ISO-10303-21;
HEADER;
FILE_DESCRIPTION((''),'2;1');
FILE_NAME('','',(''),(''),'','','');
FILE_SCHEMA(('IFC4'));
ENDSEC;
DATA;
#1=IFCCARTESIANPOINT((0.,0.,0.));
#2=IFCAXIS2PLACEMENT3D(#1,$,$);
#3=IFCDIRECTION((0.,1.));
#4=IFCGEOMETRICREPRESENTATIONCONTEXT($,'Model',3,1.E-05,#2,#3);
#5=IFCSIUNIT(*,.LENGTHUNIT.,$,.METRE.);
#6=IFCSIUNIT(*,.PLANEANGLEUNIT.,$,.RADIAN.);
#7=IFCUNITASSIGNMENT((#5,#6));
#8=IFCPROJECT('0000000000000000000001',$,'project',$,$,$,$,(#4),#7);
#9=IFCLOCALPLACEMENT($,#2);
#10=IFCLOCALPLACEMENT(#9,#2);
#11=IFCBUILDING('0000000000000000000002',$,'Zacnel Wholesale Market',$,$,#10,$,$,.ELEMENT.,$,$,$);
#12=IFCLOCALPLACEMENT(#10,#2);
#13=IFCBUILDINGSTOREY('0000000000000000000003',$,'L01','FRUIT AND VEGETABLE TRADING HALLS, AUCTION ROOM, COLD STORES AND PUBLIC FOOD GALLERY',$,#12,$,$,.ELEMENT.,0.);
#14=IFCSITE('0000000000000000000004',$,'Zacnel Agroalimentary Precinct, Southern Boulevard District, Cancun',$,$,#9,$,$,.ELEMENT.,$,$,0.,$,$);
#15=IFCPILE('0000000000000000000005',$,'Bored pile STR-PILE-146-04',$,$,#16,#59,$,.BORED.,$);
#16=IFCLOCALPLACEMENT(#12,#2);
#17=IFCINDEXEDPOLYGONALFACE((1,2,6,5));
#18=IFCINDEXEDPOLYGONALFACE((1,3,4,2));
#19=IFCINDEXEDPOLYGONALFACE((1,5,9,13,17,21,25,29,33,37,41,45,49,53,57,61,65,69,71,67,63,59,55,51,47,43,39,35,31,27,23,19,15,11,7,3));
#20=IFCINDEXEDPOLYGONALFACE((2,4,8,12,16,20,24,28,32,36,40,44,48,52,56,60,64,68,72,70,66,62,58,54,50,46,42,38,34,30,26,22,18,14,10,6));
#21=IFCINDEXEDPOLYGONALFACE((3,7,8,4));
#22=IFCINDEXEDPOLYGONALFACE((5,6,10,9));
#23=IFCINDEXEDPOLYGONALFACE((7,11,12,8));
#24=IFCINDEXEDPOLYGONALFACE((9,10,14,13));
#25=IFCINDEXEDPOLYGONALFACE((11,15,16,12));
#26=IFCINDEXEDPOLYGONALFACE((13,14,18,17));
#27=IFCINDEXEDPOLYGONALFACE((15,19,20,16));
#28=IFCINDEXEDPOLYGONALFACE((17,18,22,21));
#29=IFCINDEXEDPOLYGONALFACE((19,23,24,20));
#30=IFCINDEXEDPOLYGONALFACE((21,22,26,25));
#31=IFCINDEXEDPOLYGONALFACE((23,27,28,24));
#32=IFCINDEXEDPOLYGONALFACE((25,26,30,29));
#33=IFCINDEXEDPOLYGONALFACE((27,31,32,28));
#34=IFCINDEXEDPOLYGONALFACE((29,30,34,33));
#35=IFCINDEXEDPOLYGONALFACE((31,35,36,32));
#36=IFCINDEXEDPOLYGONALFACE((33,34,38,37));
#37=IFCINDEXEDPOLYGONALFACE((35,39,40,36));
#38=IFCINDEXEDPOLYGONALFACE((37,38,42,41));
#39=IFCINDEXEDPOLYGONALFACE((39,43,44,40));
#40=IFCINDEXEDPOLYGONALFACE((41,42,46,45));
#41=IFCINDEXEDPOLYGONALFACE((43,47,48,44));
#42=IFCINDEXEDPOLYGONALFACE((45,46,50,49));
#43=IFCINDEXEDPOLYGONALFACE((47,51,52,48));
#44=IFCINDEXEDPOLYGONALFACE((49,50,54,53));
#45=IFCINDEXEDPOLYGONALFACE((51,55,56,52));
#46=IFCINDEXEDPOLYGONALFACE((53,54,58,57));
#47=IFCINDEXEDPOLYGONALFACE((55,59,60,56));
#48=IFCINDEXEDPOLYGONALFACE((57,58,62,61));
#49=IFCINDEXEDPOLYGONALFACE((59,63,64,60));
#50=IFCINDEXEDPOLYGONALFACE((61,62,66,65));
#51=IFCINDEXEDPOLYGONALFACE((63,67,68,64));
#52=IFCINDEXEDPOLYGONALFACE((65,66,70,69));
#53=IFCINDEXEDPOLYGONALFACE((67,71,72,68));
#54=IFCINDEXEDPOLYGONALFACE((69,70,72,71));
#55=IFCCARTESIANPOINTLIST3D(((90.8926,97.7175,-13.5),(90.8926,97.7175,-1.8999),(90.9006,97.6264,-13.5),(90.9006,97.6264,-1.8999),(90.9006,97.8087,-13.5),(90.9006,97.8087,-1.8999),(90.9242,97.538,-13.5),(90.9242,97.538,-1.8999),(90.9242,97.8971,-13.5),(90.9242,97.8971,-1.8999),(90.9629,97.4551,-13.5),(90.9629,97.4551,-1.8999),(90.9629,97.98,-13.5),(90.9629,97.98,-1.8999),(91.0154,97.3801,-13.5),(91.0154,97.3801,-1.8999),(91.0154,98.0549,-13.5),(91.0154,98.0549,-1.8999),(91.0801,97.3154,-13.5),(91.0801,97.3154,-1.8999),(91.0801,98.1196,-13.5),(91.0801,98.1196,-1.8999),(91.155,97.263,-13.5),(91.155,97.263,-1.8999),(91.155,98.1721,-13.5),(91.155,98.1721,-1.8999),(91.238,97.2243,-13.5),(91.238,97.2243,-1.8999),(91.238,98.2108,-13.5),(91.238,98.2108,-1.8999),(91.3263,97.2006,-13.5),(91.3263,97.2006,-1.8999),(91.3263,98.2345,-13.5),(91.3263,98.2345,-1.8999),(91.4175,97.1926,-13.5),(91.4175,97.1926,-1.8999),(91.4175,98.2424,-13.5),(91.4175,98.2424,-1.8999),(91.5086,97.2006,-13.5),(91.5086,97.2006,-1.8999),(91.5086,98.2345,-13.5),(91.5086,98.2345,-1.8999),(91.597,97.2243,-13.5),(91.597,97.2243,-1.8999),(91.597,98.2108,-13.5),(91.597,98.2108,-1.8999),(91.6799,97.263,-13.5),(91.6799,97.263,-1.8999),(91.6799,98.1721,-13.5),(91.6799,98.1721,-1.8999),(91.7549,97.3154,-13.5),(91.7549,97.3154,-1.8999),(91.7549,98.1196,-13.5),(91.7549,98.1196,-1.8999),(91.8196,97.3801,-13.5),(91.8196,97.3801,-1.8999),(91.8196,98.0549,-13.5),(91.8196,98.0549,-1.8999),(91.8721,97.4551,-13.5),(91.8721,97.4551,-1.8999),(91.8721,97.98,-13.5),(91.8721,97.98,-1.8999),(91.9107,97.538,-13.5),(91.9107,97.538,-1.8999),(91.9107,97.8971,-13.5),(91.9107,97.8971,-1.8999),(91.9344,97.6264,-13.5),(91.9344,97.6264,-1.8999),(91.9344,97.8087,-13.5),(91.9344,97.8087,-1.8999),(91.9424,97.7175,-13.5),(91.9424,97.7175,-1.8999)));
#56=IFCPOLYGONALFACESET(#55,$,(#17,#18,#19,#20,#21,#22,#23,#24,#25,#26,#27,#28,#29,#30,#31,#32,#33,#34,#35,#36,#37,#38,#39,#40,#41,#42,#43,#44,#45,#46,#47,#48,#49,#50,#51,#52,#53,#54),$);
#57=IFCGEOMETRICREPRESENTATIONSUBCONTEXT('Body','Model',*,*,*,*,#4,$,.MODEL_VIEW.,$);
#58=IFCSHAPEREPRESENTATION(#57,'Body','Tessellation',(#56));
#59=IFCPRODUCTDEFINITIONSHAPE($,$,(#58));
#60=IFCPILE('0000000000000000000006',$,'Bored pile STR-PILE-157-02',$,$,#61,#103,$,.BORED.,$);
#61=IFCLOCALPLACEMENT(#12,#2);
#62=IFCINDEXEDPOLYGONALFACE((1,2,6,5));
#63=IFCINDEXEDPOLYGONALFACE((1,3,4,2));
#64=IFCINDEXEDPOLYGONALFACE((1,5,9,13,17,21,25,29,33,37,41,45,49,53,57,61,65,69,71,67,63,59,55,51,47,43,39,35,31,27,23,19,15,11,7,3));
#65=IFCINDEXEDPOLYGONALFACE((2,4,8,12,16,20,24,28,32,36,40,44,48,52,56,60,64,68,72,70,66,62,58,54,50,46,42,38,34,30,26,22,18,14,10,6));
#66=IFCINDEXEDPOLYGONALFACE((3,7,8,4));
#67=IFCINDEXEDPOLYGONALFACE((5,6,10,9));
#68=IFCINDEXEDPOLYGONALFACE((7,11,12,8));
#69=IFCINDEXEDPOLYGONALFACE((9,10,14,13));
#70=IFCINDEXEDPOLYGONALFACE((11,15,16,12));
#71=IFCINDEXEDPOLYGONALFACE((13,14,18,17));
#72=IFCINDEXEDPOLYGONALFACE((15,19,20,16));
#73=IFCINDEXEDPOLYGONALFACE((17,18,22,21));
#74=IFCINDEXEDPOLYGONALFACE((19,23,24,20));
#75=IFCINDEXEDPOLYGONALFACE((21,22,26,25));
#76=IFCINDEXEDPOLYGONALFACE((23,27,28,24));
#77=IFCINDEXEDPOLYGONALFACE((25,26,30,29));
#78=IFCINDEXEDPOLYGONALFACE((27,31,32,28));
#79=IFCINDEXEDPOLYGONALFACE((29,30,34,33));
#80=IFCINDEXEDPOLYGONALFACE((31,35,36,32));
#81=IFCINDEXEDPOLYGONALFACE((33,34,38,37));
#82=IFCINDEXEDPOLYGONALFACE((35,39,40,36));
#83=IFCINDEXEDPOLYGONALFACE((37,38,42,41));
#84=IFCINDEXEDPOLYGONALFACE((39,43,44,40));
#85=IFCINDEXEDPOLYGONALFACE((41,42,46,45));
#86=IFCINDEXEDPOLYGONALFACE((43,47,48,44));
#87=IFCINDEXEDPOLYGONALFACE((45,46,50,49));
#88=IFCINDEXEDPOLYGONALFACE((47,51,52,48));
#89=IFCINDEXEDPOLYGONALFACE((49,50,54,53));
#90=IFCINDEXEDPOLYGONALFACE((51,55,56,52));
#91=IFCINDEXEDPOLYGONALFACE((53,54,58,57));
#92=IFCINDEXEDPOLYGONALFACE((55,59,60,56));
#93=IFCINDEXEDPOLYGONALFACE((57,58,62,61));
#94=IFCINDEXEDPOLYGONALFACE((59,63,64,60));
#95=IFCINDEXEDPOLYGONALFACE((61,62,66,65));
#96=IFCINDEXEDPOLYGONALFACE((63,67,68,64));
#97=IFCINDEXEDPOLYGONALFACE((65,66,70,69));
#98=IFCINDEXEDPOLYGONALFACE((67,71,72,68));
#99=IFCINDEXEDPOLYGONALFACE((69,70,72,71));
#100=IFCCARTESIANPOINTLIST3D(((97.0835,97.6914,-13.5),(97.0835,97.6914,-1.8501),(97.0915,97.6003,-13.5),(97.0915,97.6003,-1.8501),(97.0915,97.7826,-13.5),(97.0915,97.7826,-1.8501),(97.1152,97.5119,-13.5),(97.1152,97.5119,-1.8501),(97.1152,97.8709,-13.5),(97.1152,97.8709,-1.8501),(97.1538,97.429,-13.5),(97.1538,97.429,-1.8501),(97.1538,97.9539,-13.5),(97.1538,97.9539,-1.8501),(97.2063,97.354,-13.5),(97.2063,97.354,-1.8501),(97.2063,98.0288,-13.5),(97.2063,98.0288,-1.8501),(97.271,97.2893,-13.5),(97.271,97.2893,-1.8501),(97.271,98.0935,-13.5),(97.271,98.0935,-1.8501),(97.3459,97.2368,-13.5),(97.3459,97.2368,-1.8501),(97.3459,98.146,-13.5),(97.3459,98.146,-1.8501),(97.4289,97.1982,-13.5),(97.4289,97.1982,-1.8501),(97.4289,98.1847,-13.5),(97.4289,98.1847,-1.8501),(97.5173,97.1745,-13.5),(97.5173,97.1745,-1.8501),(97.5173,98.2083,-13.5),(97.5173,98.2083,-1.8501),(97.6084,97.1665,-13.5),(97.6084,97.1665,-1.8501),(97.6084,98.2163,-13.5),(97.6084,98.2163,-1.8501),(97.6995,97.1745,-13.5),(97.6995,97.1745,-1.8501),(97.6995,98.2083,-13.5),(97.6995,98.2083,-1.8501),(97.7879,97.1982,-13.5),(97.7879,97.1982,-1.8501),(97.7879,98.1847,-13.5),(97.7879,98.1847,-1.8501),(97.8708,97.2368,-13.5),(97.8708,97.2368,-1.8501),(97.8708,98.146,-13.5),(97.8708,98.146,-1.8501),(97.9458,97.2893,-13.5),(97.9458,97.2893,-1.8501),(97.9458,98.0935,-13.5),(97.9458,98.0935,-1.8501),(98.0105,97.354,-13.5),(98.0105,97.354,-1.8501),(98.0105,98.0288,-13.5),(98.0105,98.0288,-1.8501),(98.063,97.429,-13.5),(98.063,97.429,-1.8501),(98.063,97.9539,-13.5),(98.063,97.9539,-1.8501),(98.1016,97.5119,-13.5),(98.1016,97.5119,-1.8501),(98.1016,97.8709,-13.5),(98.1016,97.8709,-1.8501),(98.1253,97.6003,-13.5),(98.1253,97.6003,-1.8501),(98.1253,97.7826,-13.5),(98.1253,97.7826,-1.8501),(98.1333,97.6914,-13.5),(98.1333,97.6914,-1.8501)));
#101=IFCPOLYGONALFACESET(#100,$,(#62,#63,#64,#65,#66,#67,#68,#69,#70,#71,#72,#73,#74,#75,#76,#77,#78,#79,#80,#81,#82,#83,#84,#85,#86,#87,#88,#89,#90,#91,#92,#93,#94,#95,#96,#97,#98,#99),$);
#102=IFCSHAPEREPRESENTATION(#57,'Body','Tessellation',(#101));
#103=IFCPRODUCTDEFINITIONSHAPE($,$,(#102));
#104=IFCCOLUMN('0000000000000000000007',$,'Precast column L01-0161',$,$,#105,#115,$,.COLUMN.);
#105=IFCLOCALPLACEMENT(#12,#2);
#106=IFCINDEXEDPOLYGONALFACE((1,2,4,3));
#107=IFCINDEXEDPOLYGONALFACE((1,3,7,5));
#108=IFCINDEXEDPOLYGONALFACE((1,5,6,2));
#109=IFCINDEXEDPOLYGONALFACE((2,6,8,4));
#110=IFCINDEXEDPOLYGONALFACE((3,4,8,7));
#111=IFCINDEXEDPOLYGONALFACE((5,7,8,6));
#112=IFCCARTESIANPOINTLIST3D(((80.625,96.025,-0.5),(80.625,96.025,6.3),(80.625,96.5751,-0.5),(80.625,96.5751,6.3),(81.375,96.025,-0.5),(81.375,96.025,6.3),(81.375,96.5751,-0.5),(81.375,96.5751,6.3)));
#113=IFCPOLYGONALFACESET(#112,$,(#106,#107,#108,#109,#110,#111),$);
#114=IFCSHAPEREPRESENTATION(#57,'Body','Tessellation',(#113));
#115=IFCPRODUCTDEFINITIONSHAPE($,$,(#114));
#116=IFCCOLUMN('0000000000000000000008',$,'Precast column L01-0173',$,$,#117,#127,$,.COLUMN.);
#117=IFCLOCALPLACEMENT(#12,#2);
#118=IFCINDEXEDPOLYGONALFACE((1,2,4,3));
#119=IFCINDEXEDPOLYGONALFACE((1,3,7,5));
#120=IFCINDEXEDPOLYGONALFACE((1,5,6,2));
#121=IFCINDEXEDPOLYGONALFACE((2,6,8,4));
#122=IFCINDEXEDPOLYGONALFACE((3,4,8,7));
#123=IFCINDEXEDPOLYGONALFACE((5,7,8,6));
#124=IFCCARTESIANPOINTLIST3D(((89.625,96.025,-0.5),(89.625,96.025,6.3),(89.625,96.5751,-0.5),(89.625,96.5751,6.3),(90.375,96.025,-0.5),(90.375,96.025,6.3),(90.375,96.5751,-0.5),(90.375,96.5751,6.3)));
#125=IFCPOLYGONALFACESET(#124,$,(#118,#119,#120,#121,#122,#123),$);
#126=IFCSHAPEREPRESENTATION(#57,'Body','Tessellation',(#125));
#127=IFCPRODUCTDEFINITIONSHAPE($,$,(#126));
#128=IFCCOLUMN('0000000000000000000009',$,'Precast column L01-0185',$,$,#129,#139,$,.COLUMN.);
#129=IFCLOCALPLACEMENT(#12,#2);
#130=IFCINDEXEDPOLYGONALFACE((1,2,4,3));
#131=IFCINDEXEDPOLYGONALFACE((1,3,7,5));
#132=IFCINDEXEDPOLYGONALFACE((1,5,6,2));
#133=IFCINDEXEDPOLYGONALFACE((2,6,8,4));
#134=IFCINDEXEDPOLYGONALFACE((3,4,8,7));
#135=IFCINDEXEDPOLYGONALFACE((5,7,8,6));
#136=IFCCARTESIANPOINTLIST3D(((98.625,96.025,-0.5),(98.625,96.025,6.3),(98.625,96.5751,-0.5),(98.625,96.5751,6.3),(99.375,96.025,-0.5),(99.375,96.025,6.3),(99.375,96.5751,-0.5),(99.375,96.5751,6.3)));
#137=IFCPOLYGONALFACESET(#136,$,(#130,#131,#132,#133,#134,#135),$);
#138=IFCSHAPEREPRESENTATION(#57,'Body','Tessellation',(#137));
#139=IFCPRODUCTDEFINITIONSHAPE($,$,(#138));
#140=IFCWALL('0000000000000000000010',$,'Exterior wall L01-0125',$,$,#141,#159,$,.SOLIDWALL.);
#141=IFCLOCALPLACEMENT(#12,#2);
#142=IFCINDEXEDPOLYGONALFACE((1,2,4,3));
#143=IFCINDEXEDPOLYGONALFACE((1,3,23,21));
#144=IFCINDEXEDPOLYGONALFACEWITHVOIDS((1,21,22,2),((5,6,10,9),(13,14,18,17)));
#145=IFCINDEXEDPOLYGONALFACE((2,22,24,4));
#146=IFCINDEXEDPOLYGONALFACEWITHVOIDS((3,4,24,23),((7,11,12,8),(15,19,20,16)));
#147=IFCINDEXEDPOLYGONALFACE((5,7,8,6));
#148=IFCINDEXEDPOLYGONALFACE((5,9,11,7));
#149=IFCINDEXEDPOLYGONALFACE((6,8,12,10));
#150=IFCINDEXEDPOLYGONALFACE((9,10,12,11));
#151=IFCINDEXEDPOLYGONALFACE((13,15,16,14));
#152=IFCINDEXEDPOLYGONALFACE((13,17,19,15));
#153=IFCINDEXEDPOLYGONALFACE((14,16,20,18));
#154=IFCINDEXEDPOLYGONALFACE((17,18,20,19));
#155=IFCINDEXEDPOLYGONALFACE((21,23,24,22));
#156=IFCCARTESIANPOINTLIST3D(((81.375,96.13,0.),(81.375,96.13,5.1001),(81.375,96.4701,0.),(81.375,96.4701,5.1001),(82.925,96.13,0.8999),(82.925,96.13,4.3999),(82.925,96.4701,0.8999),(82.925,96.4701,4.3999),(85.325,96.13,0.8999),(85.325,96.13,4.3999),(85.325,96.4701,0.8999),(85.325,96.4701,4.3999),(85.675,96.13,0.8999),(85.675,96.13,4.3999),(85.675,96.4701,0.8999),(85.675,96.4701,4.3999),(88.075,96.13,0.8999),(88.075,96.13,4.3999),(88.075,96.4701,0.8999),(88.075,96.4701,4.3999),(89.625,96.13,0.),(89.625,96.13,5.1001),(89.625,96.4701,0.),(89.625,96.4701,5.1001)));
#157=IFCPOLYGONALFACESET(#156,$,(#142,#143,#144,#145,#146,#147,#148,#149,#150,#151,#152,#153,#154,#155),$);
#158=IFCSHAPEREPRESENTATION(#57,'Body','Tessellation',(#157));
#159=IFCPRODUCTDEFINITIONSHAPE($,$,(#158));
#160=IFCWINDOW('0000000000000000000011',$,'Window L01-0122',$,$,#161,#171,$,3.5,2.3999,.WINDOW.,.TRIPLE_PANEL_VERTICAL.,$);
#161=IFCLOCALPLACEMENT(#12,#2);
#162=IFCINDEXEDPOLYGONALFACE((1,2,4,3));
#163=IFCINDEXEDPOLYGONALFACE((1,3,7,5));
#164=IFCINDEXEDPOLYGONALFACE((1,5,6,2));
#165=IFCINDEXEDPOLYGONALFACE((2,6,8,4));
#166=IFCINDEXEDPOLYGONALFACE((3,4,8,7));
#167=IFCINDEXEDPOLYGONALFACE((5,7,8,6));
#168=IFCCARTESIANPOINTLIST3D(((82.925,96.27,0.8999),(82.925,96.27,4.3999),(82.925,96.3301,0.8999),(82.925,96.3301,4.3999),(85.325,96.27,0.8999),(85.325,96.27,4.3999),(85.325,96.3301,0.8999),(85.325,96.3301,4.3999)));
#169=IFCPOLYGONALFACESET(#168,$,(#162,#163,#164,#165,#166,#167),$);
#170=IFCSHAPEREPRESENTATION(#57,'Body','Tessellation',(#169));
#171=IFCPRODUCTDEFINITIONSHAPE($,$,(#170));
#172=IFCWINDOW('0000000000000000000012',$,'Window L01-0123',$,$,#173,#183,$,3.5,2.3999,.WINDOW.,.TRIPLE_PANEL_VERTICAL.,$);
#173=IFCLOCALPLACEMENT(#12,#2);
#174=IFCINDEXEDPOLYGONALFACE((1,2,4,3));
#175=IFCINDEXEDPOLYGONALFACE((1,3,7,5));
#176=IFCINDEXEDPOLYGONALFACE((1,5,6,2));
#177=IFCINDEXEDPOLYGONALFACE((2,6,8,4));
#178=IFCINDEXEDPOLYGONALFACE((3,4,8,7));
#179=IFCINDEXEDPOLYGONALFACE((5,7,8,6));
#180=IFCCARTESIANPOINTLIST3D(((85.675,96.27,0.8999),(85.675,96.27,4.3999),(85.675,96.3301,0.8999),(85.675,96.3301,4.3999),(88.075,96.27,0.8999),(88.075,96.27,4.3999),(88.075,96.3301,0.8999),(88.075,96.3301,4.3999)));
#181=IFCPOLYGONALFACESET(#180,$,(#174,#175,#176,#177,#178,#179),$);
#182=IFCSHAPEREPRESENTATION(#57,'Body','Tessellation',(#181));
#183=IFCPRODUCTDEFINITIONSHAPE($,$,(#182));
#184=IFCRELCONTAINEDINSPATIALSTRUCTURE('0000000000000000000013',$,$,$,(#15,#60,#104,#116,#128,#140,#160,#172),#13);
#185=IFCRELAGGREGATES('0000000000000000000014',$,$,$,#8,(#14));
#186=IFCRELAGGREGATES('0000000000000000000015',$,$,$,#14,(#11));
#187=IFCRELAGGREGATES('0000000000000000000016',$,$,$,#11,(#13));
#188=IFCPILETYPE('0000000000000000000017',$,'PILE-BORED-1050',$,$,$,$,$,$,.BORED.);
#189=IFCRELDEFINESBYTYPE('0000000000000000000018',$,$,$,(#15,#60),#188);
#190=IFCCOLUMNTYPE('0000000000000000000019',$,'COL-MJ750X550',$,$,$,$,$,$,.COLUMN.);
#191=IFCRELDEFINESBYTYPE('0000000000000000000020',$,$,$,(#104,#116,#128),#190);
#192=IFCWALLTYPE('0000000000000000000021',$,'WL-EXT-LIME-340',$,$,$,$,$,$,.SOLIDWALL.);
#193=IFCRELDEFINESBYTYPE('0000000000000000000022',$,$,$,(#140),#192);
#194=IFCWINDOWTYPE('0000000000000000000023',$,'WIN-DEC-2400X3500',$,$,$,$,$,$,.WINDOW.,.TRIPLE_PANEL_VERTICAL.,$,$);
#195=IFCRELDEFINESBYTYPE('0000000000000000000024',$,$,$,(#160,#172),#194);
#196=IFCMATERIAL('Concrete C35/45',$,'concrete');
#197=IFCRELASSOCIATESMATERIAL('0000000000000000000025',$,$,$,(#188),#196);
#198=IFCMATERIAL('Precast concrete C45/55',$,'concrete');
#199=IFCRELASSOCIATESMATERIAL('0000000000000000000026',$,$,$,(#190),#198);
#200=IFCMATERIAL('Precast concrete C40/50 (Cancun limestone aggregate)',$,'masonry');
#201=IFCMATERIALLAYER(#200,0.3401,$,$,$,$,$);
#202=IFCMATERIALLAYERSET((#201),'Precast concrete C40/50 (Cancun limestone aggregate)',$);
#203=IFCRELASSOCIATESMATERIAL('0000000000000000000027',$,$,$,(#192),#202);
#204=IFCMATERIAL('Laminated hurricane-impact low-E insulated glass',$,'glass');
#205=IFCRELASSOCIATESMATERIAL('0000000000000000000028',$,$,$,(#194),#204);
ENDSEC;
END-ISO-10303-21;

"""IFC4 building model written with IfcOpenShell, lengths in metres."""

from ifc_helpers import new_model, si_unit, direction, frame, frame_2d, origin, origin_2d, place, context, subcontext, project, spatial, rectangle, circle, extrude, material, layer, layer_set, material_profile, profile_set, type_object, element, fill, save


model = new_model("IFC4")

# Units and contexts
model_context = context("Model", 3, precision=1e-05, world=origin(), true_north=direction((0.0, 1.0)))
body_context = subcontext(model_context, "Body", "Model", "MODEL_VIEW")
ifc_project = project(units=[si_unit("LENGTHUNIT", "METRE"), si_unit("PLANEANGLEUNIT", "RADIAN")], contexts=[model_context])

# Site, building, storey
site_placement = place(None, origin())
site = spatial("IfcSite", under=ifc_project, at=site_placement, Name="Zacnel Agroalimentary Precinct, Southern Boulevard District, Cancun", CompositionType="ELEMENT", RefElevation=0.0)
building_placement = place(site_placement, origin())
building = spatial("IfcBuilding", under=site, at=building_placement, Name="Zacnel Wholesale Market", CompositionType="ELEMENT")
storey_placement = place(building_placement, origin())
storey = spatial("IfcBuildingStorey", under=building, at=storey_placement, Name="L01", Description="FRUIT AND VEGETABLE TRADING HALLS, AUCTION ROOM, COLD STORES AND PUBLIC FOOD GALLERY", CompositionType="ELEMENT", Elevation=0.0)

# Piles
ifc_material_1 = material(Name="Concrete C35/45", Category="concrete")
ifc_material_profile_1 = material_profile(ifc_material_1, circle(Radius=0.5249, at=origin_2d()), Name="BORED PILE D1050")
ifc_profile_set_1 = profile_set([ifc_material_profile_1], Name="Concrete C35/45")
pile_type = type_object("IfcPileType", Name="PILE-BORED-1050", PredefinedType="BORED", material=ifc_profile_set_1)
for number, where, z_axis, x_axis, name in (
    (1, (91.4175, 97.7175, -1.8999), (0.0, 0.0, -1.0), (1.0, 0.0, 0.0), "Bored pile STR-PILE-146-04"),
):
    element("IfcPile", number, at=place(storey_placement, frame(where, z_axis=z_axis, x_axis=x_axis)), inside=storey, type_object=pile_type, Name=name, PredefinedType="BORED", context=body_context, shape_type="SweptSolid", body=[
        extrude(circle(Radius=0.5249, at=origin_2d()), origin(), (0.0, 0.0, 1.0), 11.6001),
    ])
pile_1_placement = place(storey_placement, frame((97.6084, 97.6914, -1.8501), z_axis=(0.0, 0.0, -1.0), x_axis=(1.0, 0.0, 0.0)))
element("IfcPile", 2, at=pile_1_placement, inside=storey, type_object=pile_type, Name="Bored pile STR-PILE-157-02", PredefinedType="BORED", context=body_context, shape_type="SweptSolid", body=[
    extrude(circle(Radius=0.5249, at=origin_2d()), origin(), (0.0, 0.0, 1.0), 11.6499),
])

# Columns
ifc_material_2 = material(Name="Precast concrete C45/55", Category="concrete")
ifc_material_profile_2 = material_profile(ifc_material_2, rectangle(XDim=0.75, YDim=0.55, at=origin_2d()), Name="PC 750x550")
ifc_profile_set_2 = profile_set([ifc_material_profile_2], Name="Precast concrete C45/55")
column_type = type_object("IfcColumnType", Name="COL-MJ750X550", PredefinedType="COLUMN", material=ifc_profile_set_2)
for number, where, z_axis, x_axis, name in (
    (3, (81.0, 96.3, -0.5), (0.0, 0.0, 1.0), (1.0, 0.0, 0.0), "Precast column L01-0161"),
    (4, (90.0, 96.3, -0.5), (0.0, 0.0, 1.0), (1.0, 0.0, 0.0), "Precast column L01-0173"),
    (5, (99.0, 96.3, -0.5), (0.0, 0.0, 1.0), (1.0, 0.0, 0.0), "Precast column L01-0185"),
):
    element("IfcColumn", number, at=place(storey_placement, frame(where, z_axis=z_axis, x_axis=x_axis)), inside=storey, type_object=column_type, Name=name, PredefinedType="COLUMN", context=body_context, shape_type="SweptSolid", body=[
        extrude(rectangle(XDim=0.75, YDim=0.55, at=origin_2d()), origin(), (0.0, 0.0, 1.0), 6.8),
    ])

# Wall, openings, windows
ifc_material_3 = material(Name="Precast concrete C40/50 (Cancun limestone aggregate)", Category="masonry")
ifc_layer_1 = layer(ifc_material_3, 0.3401)
ifc_layer_set_1 = layer_set([ifc_layer_1], Name="Precast concrete C40/50 (Cancun limestone aggregate)")
wall_type = type_object("IfcWallType", Name="WL-EXT-LIME-340", PredefinedType="SOLIDWALL", material=ifc_layer_set_1)
wall_1_placement = place(storey_placement, frame((81.375, 96.3, 0.0), z_axis=(0.0, 0.0, 1.0), x_axis=(1.0, 0.0, 0.0)))
wall_1 = element("IfcWall", 6, at=wall_1_placement, inside=storey, type_object=wall_type, Name="Exterior wall L01-0125", PredefinedType="SOLIDWALL", context=body_context, shape_type="SweptSolid", body=[
    extrude(rectangle(XDim=8.25, YDim=0.3401, at=frame_2d((4.125, 0.0))), origin(), (0.0, 0.0, 1.0), 5.1001),
])
opening_1_placement = place(wall_1_placement, frame((1.55, 0.0, 0.8999)))
opening_1 = element("IfcOpeningElement", 7, at=opening_1_placement, cuts=wall_1, PredefinedType="OPENING", context=body_context, shape_type="SweptSolid", body=[
    extrude(rectangle(XDim=2.3999, YDim=3.5, at=frame_2d((1.2, 1.75))), frame((0.0, 0.1799, 0.0), z_axis=(0.0, -1.0, 0.0), x_axis=(1.0, 0.0, 0.0)), (0.0, 0.0, 1.0), 0.3601),
])
opening_2_placement = place(wall_1_placement, frame((4.3, 0.0, 0.8999)))
opening_2 = element("IfcOpeningElement", 8, at=opening_2_placement, cuts=wall_1, PredefinedType="OPENING", context=body_context, shape_type="SweptSolid", body=[
    extrude(rectangle(XDim=2.3999, YDim=3.5, at=frame_2d((1.2, 1.75))), frame((0.0, 0.1799, 0.0), z_axis=(0.0, -1.0, 0.0), x_axis=(1.0, 0.0, 0.0)), (0.0, 0.0, 1.0), 0.3601),
])
ifc_material_4 = material(Name="Laminated hurricane-impact low-E insulated glass", Category="glass")
window_type = type_object("IfcWindowType", Name="WIN-DEC-2400X3500", PartitioningType="TRIPLE_PANEL_VERTICAL", PredefinedType="WINDOW", material=ifc_material_4)
window_1_placement = place(opening_1_placement, origin())
window_1 = element("IfcWindow", 9, at=window_1_placement, inside=storey, type_object=window_type, Name="Window L01-0122", OverallHeight=3.5, OverallWidth=2.3999, PartitioningType="TRIPLE_PANEL_VERTICAL", PredefinedType="WINDOW", context=body_context, shape_type="SweptSolid", body=[
    extrude(rectangle(XDim=2.3999, YDim=3.5, at=frame_2d((1.2, 1.75))), frame((0.0, 0.03, 0.0), z_axis=(0.0, -1.0, 0.0), x_axis=(1.0, 0.0, 0.0)), (0.0, 0.0, 1.0), 0.0601),
])
fill(opening_1, window_1)
window_2_placement = place(opening_2_placement, origin())
window_2 = element("IfcWindow", 10, at=window_2_placement, inside=storey, type_object=window_type, Name="Window L01-0123", OverallHeight=3.5, OverallWidth=2.3999, PartitioningType="TRIPLE_PANEL_VERTICAL", PredefinedType="WINDOW", context=body_context, shape_type="SweptSolid", body=[
    extrude(rectangle(XDim=2.3999, YDim=3.5, at=frame_2d((1.2, 1.75))), frame((0.0, 0.03, 0.0), z_axis=(0.0, -1.0, 0.0), x_axis=(1.0, 0.0, 0.0)), (0.0, 0.0, 1.0), 0.0601),
])
fill(opening_2, window_2)

save(model, "model.ifc")
